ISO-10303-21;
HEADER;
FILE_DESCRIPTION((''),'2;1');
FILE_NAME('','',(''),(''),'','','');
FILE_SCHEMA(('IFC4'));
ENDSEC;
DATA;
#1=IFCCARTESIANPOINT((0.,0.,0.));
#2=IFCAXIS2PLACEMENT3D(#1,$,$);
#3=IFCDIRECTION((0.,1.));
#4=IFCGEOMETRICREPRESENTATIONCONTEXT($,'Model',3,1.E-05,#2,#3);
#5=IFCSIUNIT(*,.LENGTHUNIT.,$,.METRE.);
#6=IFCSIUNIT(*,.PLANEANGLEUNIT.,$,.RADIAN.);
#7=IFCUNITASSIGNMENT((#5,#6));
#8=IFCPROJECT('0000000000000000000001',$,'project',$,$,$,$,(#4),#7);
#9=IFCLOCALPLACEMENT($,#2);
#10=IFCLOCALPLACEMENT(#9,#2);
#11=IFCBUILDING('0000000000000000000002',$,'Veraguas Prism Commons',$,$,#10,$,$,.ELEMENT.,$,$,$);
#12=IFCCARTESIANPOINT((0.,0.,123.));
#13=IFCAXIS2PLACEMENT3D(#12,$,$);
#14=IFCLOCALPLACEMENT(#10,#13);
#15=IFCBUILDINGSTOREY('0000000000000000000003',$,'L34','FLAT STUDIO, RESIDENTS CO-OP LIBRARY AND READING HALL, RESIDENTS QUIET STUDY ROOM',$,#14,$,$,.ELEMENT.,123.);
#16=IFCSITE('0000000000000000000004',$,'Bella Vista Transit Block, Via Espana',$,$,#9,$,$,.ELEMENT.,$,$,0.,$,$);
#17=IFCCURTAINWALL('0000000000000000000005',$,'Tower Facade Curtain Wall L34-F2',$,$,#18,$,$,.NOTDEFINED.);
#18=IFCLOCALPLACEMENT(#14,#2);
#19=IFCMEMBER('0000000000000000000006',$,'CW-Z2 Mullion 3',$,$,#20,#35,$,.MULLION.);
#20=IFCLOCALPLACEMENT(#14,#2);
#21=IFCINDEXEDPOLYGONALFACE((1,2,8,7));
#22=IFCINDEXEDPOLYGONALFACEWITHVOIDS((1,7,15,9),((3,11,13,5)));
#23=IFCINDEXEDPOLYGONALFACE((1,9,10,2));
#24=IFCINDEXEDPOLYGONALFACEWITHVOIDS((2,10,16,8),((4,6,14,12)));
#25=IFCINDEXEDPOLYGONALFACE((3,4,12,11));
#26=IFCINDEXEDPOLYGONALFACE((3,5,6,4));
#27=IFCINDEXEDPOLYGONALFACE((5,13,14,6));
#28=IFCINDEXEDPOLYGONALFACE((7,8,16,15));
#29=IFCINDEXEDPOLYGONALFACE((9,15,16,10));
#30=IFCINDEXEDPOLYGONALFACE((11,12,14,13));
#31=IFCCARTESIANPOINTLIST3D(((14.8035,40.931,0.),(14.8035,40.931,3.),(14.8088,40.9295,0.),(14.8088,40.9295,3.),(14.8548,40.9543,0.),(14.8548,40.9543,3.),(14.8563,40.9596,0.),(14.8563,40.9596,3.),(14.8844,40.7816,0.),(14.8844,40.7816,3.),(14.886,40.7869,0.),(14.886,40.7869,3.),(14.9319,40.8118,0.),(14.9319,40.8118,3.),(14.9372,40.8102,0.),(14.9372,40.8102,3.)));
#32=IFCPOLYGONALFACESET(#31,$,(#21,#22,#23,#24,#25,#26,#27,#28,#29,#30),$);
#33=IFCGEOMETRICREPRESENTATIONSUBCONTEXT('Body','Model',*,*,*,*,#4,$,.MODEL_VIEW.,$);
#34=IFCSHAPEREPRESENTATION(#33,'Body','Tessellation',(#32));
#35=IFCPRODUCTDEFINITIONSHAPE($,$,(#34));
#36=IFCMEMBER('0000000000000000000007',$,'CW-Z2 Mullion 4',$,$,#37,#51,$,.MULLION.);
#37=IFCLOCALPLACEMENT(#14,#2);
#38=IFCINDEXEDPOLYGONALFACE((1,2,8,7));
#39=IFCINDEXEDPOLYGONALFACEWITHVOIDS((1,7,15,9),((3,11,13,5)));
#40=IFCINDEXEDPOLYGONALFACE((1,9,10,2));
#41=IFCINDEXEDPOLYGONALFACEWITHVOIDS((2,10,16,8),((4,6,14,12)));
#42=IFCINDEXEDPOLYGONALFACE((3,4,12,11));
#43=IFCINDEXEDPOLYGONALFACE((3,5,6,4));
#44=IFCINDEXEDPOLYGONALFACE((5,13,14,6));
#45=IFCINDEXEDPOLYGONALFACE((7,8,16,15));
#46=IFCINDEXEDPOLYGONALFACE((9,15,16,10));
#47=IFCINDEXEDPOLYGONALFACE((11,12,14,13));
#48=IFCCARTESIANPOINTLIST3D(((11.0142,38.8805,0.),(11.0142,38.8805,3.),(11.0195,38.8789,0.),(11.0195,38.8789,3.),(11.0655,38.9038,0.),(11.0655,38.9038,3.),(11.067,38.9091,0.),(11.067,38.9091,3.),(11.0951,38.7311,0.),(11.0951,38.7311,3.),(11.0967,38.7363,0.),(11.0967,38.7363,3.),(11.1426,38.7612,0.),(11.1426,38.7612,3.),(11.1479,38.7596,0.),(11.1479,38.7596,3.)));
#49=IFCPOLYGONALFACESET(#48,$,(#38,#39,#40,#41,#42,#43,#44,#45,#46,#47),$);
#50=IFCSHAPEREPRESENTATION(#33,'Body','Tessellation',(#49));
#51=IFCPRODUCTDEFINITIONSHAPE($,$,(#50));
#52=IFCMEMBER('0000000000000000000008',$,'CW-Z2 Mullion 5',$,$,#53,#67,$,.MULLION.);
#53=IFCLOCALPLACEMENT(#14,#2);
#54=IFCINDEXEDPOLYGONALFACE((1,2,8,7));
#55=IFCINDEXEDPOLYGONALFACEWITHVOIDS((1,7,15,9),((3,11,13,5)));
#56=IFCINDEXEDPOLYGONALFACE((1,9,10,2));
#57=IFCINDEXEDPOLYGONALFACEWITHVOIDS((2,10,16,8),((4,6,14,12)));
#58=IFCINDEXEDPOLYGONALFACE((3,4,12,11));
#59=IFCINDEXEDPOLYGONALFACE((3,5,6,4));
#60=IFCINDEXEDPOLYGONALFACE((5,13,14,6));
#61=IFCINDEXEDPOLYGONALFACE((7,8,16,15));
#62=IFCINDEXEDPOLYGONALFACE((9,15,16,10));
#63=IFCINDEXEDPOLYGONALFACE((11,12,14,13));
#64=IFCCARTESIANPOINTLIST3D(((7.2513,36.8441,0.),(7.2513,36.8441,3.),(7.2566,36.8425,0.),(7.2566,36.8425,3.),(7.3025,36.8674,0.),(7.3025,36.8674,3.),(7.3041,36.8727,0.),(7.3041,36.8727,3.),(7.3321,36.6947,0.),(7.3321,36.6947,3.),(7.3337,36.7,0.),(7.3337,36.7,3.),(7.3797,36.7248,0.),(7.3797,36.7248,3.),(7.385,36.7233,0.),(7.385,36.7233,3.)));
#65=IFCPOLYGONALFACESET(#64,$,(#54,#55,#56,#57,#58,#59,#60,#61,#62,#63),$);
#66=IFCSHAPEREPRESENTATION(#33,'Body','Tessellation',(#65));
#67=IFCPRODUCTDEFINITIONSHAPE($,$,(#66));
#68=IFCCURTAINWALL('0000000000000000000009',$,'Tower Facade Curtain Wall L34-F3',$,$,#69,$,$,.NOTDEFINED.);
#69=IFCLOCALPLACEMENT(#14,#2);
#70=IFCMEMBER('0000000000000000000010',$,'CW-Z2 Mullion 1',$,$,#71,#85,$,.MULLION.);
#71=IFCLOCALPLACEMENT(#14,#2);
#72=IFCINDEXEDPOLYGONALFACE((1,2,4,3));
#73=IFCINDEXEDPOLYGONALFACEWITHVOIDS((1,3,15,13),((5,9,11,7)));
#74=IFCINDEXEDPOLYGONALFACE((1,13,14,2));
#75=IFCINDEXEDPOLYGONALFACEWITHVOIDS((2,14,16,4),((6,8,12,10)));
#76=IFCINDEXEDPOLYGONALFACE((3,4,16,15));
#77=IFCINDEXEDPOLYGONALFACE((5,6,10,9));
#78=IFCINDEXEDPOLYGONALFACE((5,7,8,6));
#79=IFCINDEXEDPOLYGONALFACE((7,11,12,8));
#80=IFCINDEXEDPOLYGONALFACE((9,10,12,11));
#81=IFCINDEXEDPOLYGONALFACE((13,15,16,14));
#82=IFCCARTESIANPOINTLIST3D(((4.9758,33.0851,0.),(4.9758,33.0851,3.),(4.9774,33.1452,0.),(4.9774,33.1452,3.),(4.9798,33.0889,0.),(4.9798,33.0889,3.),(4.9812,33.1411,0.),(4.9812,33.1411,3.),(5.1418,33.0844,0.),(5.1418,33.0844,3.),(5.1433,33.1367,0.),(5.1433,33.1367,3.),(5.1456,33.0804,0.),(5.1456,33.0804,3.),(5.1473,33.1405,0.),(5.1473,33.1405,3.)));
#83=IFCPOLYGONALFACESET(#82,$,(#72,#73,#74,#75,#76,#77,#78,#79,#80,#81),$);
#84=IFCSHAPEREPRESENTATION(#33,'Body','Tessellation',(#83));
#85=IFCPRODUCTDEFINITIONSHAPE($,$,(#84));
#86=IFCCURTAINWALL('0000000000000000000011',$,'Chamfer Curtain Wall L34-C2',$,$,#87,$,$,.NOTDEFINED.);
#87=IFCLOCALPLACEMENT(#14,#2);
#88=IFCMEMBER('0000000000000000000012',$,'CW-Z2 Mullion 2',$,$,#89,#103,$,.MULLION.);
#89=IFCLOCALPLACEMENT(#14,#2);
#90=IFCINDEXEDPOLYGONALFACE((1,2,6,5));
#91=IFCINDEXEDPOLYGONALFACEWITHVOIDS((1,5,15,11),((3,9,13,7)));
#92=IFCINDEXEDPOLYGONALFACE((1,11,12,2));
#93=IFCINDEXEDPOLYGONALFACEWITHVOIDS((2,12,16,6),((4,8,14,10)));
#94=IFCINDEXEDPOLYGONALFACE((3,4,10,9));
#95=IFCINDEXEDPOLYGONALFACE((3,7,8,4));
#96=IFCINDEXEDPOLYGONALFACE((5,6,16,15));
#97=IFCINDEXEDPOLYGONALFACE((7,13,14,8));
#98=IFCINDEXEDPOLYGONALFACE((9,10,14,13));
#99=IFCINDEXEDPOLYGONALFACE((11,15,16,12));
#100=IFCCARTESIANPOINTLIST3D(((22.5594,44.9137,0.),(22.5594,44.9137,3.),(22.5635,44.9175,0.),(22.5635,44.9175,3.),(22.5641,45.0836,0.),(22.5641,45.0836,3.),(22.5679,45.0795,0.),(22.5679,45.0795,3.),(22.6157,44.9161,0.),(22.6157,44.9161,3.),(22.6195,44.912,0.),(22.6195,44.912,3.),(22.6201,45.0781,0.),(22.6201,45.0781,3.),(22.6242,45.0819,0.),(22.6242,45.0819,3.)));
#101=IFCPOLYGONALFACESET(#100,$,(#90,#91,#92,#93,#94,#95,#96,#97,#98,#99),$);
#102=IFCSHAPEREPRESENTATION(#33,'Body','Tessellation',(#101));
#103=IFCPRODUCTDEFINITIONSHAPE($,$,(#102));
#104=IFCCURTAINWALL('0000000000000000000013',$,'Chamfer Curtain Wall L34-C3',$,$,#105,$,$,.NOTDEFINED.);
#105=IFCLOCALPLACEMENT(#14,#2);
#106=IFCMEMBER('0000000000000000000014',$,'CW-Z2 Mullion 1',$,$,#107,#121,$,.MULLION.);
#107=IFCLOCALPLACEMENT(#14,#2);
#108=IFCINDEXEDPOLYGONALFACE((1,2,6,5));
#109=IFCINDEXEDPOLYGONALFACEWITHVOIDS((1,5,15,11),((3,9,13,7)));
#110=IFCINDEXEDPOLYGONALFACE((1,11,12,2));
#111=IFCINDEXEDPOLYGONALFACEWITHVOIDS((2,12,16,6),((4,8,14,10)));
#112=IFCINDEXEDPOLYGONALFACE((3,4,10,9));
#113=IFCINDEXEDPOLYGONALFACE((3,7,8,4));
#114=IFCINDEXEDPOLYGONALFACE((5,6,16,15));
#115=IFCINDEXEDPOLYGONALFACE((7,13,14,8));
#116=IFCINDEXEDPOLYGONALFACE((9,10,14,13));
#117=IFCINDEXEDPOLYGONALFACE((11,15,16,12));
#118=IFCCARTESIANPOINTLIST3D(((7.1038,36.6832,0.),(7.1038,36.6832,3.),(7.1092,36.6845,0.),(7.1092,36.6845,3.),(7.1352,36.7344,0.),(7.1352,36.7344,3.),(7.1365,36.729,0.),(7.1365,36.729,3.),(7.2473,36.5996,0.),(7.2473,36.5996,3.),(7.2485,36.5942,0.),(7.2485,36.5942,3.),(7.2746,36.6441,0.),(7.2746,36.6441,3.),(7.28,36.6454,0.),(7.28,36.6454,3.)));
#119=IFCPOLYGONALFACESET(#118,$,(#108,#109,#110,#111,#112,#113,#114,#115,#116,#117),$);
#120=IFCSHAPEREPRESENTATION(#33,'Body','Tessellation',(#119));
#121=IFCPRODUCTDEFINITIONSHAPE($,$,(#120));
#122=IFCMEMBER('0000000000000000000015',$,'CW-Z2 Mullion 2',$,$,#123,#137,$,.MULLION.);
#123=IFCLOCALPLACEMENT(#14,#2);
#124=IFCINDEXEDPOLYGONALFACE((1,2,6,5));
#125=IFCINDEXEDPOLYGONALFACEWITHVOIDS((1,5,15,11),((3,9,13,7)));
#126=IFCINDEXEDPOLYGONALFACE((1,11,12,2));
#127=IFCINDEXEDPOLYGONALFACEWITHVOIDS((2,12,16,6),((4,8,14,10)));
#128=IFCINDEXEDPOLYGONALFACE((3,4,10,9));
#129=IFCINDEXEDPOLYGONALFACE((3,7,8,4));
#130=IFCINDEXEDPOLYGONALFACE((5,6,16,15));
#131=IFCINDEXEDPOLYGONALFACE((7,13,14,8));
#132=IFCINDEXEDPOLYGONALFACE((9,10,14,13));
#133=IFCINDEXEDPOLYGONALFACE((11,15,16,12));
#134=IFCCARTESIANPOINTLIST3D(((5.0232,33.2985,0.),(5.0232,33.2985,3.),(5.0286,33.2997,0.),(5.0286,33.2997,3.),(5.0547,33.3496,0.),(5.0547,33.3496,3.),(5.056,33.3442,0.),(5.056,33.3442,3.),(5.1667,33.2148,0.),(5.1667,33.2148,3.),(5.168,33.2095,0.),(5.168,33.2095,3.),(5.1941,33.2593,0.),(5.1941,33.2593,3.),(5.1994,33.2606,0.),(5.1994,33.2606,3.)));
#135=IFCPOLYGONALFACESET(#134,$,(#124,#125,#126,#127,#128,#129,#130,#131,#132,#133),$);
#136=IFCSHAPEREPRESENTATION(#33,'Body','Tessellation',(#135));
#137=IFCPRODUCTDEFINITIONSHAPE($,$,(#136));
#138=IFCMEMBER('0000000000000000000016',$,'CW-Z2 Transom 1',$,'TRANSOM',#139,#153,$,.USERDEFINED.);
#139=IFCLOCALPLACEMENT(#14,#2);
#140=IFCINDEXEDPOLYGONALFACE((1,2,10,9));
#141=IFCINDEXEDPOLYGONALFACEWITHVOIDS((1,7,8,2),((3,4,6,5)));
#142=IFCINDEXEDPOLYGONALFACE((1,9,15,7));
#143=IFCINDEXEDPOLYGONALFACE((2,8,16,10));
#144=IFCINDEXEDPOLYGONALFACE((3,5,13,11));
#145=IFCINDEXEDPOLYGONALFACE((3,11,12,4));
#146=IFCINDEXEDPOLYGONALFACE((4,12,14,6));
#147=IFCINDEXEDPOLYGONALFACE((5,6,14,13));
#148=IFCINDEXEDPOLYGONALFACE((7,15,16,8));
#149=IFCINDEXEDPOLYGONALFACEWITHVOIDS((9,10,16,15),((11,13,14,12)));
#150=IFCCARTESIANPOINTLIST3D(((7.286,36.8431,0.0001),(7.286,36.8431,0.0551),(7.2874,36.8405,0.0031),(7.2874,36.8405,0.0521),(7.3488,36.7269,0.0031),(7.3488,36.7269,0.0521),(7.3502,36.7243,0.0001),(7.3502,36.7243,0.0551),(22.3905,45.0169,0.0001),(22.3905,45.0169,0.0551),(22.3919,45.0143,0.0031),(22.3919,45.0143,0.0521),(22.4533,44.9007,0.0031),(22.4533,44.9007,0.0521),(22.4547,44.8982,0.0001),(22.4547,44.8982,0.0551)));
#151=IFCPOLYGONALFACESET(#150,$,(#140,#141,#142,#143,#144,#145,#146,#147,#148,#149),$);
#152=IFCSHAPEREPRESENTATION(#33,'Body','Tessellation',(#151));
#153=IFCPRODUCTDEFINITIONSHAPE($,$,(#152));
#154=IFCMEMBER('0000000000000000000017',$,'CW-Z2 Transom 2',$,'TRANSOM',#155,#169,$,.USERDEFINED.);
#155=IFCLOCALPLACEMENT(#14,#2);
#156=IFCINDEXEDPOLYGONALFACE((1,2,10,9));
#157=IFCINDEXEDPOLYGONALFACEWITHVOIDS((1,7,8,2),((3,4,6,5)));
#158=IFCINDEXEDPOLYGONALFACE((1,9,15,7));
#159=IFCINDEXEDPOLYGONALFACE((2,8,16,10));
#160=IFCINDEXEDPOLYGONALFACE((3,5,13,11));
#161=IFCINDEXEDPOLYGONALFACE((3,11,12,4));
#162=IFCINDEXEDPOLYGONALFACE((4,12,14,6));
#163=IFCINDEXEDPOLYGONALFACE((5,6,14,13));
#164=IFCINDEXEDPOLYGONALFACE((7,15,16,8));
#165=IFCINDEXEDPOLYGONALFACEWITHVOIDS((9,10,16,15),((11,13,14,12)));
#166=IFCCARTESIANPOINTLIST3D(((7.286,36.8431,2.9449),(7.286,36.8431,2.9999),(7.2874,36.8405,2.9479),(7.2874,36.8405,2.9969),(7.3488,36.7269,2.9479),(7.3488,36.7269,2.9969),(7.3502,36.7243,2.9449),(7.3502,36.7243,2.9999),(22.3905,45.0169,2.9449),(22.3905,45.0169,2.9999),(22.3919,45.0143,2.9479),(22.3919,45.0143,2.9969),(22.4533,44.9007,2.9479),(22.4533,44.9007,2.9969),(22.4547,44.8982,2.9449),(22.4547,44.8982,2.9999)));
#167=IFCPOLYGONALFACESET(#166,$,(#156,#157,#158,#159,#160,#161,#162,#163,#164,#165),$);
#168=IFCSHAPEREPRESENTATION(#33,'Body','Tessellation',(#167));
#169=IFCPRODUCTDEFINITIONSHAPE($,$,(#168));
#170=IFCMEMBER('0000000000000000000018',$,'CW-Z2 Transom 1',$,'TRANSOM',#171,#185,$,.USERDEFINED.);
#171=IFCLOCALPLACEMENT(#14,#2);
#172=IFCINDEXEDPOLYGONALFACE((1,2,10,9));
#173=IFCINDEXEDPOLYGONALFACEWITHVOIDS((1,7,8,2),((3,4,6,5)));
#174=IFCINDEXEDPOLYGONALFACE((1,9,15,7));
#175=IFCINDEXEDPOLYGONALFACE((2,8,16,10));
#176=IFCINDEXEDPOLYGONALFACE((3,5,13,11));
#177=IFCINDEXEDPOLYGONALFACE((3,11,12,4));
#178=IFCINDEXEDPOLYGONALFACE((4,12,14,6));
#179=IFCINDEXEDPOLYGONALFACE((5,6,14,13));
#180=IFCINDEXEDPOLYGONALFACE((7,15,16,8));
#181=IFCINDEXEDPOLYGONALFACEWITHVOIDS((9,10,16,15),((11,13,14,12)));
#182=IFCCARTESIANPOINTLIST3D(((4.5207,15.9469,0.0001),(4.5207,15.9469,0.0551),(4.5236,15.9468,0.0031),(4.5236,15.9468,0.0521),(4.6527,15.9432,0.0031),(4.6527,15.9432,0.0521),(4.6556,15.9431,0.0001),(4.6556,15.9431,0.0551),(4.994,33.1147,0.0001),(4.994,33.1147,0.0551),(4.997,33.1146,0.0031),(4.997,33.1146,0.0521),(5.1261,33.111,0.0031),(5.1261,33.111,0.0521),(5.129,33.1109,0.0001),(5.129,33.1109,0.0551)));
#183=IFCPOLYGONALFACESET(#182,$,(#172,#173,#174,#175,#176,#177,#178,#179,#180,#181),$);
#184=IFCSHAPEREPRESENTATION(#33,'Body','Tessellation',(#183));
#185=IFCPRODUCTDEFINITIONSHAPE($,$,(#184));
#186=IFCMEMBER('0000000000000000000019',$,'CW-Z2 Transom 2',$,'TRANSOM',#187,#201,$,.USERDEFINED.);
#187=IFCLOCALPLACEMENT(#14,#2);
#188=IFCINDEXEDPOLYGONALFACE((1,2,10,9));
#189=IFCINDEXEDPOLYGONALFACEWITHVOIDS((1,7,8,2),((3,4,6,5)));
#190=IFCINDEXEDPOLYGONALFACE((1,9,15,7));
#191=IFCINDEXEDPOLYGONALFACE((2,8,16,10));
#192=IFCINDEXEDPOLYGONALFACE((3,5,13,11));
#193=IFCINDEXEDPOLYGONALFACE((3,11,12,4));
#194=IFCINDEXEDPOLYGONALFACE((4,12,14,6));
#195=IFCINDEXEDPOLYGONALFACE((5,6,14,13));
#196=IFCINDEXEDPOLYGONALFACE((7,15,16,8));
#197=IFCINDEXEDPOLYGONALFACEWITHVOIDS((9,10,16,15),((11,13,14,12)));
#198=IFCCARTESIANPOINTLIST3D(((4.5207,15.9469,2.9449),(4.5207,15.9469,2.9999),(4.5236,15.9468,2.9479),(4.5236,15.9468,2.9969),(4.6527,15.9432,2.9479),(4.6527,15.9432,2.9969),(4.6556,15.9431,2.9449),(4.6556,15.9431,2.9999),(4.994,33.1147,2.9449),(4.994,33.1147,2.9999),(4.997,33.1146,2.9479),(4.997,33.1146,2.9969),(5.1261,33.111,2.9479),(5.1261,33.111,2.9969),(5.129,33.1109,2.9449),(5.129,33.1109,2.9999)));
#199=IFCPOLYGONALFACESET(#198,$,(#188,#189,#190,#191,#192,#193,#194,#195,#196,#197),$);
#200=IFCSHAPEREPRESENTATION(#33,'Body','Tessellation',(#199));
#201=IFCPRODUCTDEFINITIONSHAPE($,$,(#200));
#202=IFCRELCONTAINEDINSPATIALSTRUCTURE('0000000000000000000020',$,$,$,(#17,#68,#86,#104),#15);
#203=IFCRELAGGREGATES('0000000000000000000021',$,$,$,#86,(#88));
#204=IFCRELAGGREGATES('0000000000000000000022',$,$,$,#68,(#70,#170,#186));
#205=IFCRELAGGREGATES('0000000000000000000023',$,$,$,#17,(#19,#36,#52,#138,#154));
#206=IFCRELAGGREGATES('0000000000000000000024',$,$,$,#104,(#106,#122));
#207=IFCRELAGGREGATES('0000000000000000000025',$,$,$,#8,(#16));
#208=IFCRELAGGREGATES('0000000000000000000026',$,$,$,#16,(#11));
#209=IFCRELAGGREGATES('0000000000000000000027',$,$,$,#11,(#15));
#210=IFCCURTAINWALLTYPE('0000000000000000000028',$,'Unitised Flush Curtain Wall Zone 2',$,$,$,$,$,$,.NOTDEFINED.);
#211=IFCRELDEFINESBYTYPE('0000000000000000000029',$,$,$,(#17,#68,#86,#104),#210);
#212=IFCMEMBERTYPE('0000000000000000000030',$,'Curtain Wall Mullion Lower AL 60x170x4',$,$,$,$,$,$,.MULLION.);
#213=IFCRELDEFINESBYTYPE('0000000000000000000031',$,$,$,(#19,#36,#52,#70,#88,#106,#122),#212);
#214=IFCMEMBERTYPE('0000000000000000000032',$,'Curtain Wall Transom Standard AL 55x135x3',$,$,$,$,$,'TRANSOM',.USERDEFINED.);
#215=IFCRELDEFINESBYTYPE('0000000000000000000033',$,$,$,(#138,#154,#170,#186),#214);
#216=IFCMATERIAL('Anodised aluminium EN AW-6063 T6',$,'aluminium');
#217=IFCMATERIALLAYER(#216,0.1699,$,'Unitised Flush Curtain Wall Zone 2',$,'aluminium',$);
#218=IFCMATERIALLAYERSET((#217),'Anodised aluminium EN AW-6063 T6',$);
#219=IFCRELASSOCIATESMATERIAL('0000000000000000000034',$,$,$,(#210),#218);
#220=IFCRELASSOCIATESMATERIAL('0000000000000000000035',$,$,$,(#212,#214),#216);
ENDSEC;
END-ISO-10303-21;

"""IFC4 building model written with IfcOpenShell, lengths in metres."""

from ifc_helpers import new_model, si_unit, direction, frame, origin, origin_2d, place, context, subcontext, project, spatial, hollow_rectangle, extrude, source, transform, mapped, material, layer, layer_set, material_profile, profile_set, type_object, element, aggregate, save


model = new_model("IFC4")

# Units and contexts
model_context = context("Model", 3, precision=1e-05, world=origin(), true_north=direction((0.0, 1.0)))
body_context = subcontext(model_context, "Body", "Model", "MODEL_VIEW")
ifc_project = project(units=[si_unit("LENGTHUNIT", "METRE"), si_unit("PLANEANGLEUNIT", "RADIAN")], contexts=[model_context])

# Site, building, storey
site_placement = place(None, origin())
site = spatial("IfcSite", under=ifc_project, at=site_placement, Name="Bella Vista Transit Block, Via Espana", CompositionType="ELEMENT", RefElevation=0.0)
building_placement = place(site_placement, origin())
building = spatial("IfcBuilding", under=site, at=building_placement, Name="Veraguas Prism Commons", CompositionType="ELEMENT")
storey_placement = place(building_placement, frame((0.0, 0.0, 123.0)))
storey = spatial("IfcBuildingStorey", under=building, at=storey_placement, Name="L34", Description="FLAT STUDIO, RESIDENTS CO-OP LIBRARY AND READING HALL, RESIDENTS QUIET STUDY ROOM", CompositionType="ELEMENT", Elevation=123.0)

# Curtain wall, members
ifc_material_1 = material(Name="Anodised aluminium EN AW-6063 T6", Category="aluminium")
ifc_layer_1 = layer(ifc_material_1, 0.1699, Name="Unitised Flush Curtain Wall Zone 2", Category="aluminium")
ifc_layer_set_1 = layer_set([ifc_layer_1], Name="Anodised aluminium EN AW-6063 T6")
curtain_wall_type = type_object("IfcCurtainWallType", Name="Unitised Flush Curtain Wall Zone 2", PredefinedType="NOTDEFINED", material=ifc_layer_set_1)
curtain_wall_1_placement = place(storey_placement, origin())
curtain_wall_1 = element("IfcCurtainWall", 1, at=curtain_wall_1_placement, inside=storey, type_object=curtain_wall_type, Name="Tower Facade Curtain Wall L34-F2", PredefinedType="NOTDEFINED")
ifc_material_profile_1 = material_profile(ifc_material_1, hollow_rectangle(XDim=0.0601, YDim=0.1699, WallThickness=0.0039, at=origin_2d()), Name="AL60X170X4")
ifc_profile_set_1 = profile_set([ifc_material_profile_1], Name="Anodised aluminium EN AW-6063 T6")
member_type_1 = type_object("IfcMemberType", Name="Curtain Wall Mullion Lower AL 60x170x4", PredefinedType="MULLION", material=ifc_profile_set_1)
shared_shape_1 = source(origin(), body_context, "Body", "SweptSolid", [
    extrude(hollow_rectangle(XDim=0.0601, YDim=0.1699, WallThickness=0.0039, at=origin_2d()), origin(), (0.0, 0.0, 1.0), 3.0),
])
member_1_placement = place(storey_placement, frame((14.8704, 40.8706, 0.0), z_axis=(0.0, 0.0, 1.0), x_axis=(-0.879484, -0.475928, 0.0)))
member_1 = element("IfcMember", 2, at=member_1_placement, type_object=member_type_1, Name="CW-Z2 Mullion 3", PredefinedType="MULLION", context=body_context, shape_type="MappedRepresentation", body=[
    mapped(shared_shape_1, transform((0.0, 0.0, 0.0), scale=1.0)),
])
member_2_placement = place(storey_placement, frame((11.0811, 38.8201, 0.0), z_axis=(0.0, 0.0, 1.0), x_axis=(-0.879484, -0.475928, 0.0)))
member_2 = element("IfcMember", 3, at=member_2_placement, type_object=member_type_1, Name="CW-Z2 Mullion 4", PredefinedType="MULLION", context=body_context, shape_type="MappedRepresentation", body=[
    mapped(shared_shape_1, transform((0.0, 0.0, 0.0), scale=1.0)),
])
member_3_placement = place(storey_placement, frame((7.3181, 36.7837, 0.0), z_axis=(0.0, 0.0, 1.0), x_axis=(-0.879484, -0.475928, 0.0)))
member_3 = element("IfcMember", 4, at=member_3_placement, type_object=member_type_1, Name="CW-Z2 Mullion 5", PredefinedType="MULLION", context=body_context, shape_type="MappedRepresentation", body=[
    mapped(shared_shape_1, transform((0.0, 0.0, 0.0), scale=1.0)),
])

# Curtain walls, members
curtain_wall_2_placement = place(storey_placement, origin())
curtain_wall_2 = element("IfcCurtainWall", 5, at=curtain_wall_2_placement, inside=storey, type_object=curtain_wall_type, Name="Tower Facade Curtain Wall L34-F3", PredefinedType="NOTDEFINED")
member_4_placement = place(storey_placement, frame((5.0615, 33.1128, 0.0), z_axis=(0.0, 0.0, 1.0), x_axis=(-0.027567, -0.99962, 0.0)))
member_4 = element("IfcMember", 6, at=member_4_placement, type_object=member_type_1, Name="CW-Z2 Mullion 1", PredefinedType="MULLION", context=body_context, shape_type="MappedRepresentation", body=[
    mapped(shared_shape_1, transform((0.0, 0.0, 0.0), scale=1.0)),
])
curtain_wall_3_placement = place(storey_placement, origin())
curtain_wall_3 = element("IfcCurtainWall", 7, at=curtain_wall_3_placement, inside=storey, type_object=curtain_wall_type, Name="Chamfer Curtain Wall L34-C2", PredefinedType="NOTDEFINED")
member_5_placement = place(storey_placement, frame((22.5918, 44.9978, 0.0), z_axis=(0.0, 0.0, 1.0), x_axis=(-0.999621, 0.027547, 0.0)))
member_5 = element("IfcMember", 8, at=member_5_placement, type_object=member_type_1, Name="CW-Z2 Mullion 2", PredefinedType="MULLION", context=body_context, shape_type="MappedRepresentation", body=[
    mapped(shared_shape_1, transform((0.0, 0.0, 0.0), scale=1.0)),
])
aggregate(curtain_wall_3, [member_5])

# Curtain wall, members
curtain_wall_4_placement = place(storey_placement, origin())
curtain_wall_4 = element("IfcCurtainWall", 9, at=curtain_wall_4_placement, inside=storey, type_object=curtain_wall_type, Name="Chamfer Curtain Wall L34-C3", PredefinedType="NOTDEFINED")
member_6_placement = place(storey_placement, frame((7.1919, 36.6643, 0.0), z_axis=(0.0, 0.0, 1.0), x_axis=(-0.523684, -0.851913, 0.0)))
member_6 = element("IfcMember", 10, at=member_6_placement, type_object=member_type_1, Name="CW-Z2 Mullion 1", PredefinedType="MULLION", context=body_context, shape_type="MappedRepresentation", body=[
    mapped(shared_shape_1, transform((0.0, 0.0, 0.0), scale=1.0)),
])
member_7_placement = place(storey_placement, frame((5.1113, 33.2795, 0.0), z_axis=(0.0, 0.0, 1.0), x_axis=(-0.523684, -0.851913, 0.0)))
member_7 = element("IfcMember", 11, at=member_7_placement, type_object=member_type_1, Name="CW-Z2 Mullion 2", PredefinedType="MULLION", context=body_context, shape_type="MappedRepresentation", body=[
    mapped(shared_shape_1, transform((0.0, 0.0, 0.0), scale=1.0)),
])

# Members
ifc_material_profile_2 = material_profile(ifc_material_1, hollow_rectangle(XDim=0.0549, YDim=0.135, WallThickness=0.0029, at=origin_2d()), Name="AL55X135X3")
ifc_profile_set_2 = profile_set([ifc_material_profile_2], Name="Anodised aluminium EN AW-6063 T6")
member_type_2 = type_object("IfcMemberType", Name="Curtain Wall Transom Standard AL 55x135x3", ElementType="TRANSOM", PredefinedType="USERDEFINED", material=ifc_profile_set_2)
shared_shape_2 = source(origin(), body_context, "Body", "SweptSolid", [
    extrude(hollow_rectangle(XDim=0.0549, YDim=0.135, WallThickness=0.0029, at=origin_2d()), origin(), (0.0, 0.0, 1.0), 17.1743),
])
member_8_placement = place(storey_placement, frame((22.4226, 44.9575, 0.0276), z_axis=(-0.879481, -0.475933, 0.0), x_axis=(0.0, 0.0, 1.0)))
member_8 = element("IfcMember", 12, at=member_8_placement, type_object=member_type_2, Name="CW-Z2 Transom 1", ObjectType="TRANSOM", PredefinedType="USERDEFINED", context=body_context, shape_type="MappedRepresentation", body=[
    mapped(shared_shape_2, transform((0.0, 0.0, 0.0), scale=1.0)),
])
member_9_placement = place(storey_placement, frame((22.4226, 44.9575, 2.9724), z_axis=(-0.879481, -0.475933, 0.0), x_axis=(0.0, 0.0, 1.0)))
member_9 = element("IfcMember", 13, at=member_9_placement, type_object=member_type_2, Name="CW-Z2 Transom 2", ObjectType="TRANSOM", PredefinedType="USERDEFINED", context=body_context, shape_type="MappedRepresentation", body=[
    mapped(shared_shape_2, transform((0.0, 0.0, 0.0), scale=1.0)),
])
member_10_placement = place(storey_placement, frame((5.0615, 33.1128, 0.0276), z_axis=(-0.027564, -0.99962, 0.0), x_axis=(0.0, 0.0, 1.0)))
member_10 = element("IfcMember", 14, at=member_10_placement, type_object=member_type_2, Name="CW-Z2 Transom 1", ObjectType="TRANSOM", PredefinedType="USERDEFINED", context=body_context, shape_type="MappedRepresentation", body=[
    mapped(shared_shape_2, transform((0.0, 0.0, 0.0), scale=1.0)),
])
member_11_placement = place(storey_placement, frame((5.0615, 33.1128, 2.9724), z_axis=(-0.027564, -0.99962, 0.0), x_axis=(0.0, 0.0, 1.0)))
member_11 = element("IfcMember", 15, at=member_11_placement, type_object=member_type_2, Name="CW-Z2 Transom 2", ObjectType="TRANSOM", PredefinedType="USERDEFINED", context=body_context, shape_type="MappedRepresentation", body=[
    mapped(shared_shape_2, transform((0.0, 0.0, 0.0), scale=1.0)),
])
aggregate(curtain_wall_2, [member_4, member_10, member_11])

aggregate(curtain_wall_1, [member_1, member_2, member_3, member_8, member_9])
aggregate(curtain_wall_4, [member_6, member_7])

save(model, "model.ifc")
